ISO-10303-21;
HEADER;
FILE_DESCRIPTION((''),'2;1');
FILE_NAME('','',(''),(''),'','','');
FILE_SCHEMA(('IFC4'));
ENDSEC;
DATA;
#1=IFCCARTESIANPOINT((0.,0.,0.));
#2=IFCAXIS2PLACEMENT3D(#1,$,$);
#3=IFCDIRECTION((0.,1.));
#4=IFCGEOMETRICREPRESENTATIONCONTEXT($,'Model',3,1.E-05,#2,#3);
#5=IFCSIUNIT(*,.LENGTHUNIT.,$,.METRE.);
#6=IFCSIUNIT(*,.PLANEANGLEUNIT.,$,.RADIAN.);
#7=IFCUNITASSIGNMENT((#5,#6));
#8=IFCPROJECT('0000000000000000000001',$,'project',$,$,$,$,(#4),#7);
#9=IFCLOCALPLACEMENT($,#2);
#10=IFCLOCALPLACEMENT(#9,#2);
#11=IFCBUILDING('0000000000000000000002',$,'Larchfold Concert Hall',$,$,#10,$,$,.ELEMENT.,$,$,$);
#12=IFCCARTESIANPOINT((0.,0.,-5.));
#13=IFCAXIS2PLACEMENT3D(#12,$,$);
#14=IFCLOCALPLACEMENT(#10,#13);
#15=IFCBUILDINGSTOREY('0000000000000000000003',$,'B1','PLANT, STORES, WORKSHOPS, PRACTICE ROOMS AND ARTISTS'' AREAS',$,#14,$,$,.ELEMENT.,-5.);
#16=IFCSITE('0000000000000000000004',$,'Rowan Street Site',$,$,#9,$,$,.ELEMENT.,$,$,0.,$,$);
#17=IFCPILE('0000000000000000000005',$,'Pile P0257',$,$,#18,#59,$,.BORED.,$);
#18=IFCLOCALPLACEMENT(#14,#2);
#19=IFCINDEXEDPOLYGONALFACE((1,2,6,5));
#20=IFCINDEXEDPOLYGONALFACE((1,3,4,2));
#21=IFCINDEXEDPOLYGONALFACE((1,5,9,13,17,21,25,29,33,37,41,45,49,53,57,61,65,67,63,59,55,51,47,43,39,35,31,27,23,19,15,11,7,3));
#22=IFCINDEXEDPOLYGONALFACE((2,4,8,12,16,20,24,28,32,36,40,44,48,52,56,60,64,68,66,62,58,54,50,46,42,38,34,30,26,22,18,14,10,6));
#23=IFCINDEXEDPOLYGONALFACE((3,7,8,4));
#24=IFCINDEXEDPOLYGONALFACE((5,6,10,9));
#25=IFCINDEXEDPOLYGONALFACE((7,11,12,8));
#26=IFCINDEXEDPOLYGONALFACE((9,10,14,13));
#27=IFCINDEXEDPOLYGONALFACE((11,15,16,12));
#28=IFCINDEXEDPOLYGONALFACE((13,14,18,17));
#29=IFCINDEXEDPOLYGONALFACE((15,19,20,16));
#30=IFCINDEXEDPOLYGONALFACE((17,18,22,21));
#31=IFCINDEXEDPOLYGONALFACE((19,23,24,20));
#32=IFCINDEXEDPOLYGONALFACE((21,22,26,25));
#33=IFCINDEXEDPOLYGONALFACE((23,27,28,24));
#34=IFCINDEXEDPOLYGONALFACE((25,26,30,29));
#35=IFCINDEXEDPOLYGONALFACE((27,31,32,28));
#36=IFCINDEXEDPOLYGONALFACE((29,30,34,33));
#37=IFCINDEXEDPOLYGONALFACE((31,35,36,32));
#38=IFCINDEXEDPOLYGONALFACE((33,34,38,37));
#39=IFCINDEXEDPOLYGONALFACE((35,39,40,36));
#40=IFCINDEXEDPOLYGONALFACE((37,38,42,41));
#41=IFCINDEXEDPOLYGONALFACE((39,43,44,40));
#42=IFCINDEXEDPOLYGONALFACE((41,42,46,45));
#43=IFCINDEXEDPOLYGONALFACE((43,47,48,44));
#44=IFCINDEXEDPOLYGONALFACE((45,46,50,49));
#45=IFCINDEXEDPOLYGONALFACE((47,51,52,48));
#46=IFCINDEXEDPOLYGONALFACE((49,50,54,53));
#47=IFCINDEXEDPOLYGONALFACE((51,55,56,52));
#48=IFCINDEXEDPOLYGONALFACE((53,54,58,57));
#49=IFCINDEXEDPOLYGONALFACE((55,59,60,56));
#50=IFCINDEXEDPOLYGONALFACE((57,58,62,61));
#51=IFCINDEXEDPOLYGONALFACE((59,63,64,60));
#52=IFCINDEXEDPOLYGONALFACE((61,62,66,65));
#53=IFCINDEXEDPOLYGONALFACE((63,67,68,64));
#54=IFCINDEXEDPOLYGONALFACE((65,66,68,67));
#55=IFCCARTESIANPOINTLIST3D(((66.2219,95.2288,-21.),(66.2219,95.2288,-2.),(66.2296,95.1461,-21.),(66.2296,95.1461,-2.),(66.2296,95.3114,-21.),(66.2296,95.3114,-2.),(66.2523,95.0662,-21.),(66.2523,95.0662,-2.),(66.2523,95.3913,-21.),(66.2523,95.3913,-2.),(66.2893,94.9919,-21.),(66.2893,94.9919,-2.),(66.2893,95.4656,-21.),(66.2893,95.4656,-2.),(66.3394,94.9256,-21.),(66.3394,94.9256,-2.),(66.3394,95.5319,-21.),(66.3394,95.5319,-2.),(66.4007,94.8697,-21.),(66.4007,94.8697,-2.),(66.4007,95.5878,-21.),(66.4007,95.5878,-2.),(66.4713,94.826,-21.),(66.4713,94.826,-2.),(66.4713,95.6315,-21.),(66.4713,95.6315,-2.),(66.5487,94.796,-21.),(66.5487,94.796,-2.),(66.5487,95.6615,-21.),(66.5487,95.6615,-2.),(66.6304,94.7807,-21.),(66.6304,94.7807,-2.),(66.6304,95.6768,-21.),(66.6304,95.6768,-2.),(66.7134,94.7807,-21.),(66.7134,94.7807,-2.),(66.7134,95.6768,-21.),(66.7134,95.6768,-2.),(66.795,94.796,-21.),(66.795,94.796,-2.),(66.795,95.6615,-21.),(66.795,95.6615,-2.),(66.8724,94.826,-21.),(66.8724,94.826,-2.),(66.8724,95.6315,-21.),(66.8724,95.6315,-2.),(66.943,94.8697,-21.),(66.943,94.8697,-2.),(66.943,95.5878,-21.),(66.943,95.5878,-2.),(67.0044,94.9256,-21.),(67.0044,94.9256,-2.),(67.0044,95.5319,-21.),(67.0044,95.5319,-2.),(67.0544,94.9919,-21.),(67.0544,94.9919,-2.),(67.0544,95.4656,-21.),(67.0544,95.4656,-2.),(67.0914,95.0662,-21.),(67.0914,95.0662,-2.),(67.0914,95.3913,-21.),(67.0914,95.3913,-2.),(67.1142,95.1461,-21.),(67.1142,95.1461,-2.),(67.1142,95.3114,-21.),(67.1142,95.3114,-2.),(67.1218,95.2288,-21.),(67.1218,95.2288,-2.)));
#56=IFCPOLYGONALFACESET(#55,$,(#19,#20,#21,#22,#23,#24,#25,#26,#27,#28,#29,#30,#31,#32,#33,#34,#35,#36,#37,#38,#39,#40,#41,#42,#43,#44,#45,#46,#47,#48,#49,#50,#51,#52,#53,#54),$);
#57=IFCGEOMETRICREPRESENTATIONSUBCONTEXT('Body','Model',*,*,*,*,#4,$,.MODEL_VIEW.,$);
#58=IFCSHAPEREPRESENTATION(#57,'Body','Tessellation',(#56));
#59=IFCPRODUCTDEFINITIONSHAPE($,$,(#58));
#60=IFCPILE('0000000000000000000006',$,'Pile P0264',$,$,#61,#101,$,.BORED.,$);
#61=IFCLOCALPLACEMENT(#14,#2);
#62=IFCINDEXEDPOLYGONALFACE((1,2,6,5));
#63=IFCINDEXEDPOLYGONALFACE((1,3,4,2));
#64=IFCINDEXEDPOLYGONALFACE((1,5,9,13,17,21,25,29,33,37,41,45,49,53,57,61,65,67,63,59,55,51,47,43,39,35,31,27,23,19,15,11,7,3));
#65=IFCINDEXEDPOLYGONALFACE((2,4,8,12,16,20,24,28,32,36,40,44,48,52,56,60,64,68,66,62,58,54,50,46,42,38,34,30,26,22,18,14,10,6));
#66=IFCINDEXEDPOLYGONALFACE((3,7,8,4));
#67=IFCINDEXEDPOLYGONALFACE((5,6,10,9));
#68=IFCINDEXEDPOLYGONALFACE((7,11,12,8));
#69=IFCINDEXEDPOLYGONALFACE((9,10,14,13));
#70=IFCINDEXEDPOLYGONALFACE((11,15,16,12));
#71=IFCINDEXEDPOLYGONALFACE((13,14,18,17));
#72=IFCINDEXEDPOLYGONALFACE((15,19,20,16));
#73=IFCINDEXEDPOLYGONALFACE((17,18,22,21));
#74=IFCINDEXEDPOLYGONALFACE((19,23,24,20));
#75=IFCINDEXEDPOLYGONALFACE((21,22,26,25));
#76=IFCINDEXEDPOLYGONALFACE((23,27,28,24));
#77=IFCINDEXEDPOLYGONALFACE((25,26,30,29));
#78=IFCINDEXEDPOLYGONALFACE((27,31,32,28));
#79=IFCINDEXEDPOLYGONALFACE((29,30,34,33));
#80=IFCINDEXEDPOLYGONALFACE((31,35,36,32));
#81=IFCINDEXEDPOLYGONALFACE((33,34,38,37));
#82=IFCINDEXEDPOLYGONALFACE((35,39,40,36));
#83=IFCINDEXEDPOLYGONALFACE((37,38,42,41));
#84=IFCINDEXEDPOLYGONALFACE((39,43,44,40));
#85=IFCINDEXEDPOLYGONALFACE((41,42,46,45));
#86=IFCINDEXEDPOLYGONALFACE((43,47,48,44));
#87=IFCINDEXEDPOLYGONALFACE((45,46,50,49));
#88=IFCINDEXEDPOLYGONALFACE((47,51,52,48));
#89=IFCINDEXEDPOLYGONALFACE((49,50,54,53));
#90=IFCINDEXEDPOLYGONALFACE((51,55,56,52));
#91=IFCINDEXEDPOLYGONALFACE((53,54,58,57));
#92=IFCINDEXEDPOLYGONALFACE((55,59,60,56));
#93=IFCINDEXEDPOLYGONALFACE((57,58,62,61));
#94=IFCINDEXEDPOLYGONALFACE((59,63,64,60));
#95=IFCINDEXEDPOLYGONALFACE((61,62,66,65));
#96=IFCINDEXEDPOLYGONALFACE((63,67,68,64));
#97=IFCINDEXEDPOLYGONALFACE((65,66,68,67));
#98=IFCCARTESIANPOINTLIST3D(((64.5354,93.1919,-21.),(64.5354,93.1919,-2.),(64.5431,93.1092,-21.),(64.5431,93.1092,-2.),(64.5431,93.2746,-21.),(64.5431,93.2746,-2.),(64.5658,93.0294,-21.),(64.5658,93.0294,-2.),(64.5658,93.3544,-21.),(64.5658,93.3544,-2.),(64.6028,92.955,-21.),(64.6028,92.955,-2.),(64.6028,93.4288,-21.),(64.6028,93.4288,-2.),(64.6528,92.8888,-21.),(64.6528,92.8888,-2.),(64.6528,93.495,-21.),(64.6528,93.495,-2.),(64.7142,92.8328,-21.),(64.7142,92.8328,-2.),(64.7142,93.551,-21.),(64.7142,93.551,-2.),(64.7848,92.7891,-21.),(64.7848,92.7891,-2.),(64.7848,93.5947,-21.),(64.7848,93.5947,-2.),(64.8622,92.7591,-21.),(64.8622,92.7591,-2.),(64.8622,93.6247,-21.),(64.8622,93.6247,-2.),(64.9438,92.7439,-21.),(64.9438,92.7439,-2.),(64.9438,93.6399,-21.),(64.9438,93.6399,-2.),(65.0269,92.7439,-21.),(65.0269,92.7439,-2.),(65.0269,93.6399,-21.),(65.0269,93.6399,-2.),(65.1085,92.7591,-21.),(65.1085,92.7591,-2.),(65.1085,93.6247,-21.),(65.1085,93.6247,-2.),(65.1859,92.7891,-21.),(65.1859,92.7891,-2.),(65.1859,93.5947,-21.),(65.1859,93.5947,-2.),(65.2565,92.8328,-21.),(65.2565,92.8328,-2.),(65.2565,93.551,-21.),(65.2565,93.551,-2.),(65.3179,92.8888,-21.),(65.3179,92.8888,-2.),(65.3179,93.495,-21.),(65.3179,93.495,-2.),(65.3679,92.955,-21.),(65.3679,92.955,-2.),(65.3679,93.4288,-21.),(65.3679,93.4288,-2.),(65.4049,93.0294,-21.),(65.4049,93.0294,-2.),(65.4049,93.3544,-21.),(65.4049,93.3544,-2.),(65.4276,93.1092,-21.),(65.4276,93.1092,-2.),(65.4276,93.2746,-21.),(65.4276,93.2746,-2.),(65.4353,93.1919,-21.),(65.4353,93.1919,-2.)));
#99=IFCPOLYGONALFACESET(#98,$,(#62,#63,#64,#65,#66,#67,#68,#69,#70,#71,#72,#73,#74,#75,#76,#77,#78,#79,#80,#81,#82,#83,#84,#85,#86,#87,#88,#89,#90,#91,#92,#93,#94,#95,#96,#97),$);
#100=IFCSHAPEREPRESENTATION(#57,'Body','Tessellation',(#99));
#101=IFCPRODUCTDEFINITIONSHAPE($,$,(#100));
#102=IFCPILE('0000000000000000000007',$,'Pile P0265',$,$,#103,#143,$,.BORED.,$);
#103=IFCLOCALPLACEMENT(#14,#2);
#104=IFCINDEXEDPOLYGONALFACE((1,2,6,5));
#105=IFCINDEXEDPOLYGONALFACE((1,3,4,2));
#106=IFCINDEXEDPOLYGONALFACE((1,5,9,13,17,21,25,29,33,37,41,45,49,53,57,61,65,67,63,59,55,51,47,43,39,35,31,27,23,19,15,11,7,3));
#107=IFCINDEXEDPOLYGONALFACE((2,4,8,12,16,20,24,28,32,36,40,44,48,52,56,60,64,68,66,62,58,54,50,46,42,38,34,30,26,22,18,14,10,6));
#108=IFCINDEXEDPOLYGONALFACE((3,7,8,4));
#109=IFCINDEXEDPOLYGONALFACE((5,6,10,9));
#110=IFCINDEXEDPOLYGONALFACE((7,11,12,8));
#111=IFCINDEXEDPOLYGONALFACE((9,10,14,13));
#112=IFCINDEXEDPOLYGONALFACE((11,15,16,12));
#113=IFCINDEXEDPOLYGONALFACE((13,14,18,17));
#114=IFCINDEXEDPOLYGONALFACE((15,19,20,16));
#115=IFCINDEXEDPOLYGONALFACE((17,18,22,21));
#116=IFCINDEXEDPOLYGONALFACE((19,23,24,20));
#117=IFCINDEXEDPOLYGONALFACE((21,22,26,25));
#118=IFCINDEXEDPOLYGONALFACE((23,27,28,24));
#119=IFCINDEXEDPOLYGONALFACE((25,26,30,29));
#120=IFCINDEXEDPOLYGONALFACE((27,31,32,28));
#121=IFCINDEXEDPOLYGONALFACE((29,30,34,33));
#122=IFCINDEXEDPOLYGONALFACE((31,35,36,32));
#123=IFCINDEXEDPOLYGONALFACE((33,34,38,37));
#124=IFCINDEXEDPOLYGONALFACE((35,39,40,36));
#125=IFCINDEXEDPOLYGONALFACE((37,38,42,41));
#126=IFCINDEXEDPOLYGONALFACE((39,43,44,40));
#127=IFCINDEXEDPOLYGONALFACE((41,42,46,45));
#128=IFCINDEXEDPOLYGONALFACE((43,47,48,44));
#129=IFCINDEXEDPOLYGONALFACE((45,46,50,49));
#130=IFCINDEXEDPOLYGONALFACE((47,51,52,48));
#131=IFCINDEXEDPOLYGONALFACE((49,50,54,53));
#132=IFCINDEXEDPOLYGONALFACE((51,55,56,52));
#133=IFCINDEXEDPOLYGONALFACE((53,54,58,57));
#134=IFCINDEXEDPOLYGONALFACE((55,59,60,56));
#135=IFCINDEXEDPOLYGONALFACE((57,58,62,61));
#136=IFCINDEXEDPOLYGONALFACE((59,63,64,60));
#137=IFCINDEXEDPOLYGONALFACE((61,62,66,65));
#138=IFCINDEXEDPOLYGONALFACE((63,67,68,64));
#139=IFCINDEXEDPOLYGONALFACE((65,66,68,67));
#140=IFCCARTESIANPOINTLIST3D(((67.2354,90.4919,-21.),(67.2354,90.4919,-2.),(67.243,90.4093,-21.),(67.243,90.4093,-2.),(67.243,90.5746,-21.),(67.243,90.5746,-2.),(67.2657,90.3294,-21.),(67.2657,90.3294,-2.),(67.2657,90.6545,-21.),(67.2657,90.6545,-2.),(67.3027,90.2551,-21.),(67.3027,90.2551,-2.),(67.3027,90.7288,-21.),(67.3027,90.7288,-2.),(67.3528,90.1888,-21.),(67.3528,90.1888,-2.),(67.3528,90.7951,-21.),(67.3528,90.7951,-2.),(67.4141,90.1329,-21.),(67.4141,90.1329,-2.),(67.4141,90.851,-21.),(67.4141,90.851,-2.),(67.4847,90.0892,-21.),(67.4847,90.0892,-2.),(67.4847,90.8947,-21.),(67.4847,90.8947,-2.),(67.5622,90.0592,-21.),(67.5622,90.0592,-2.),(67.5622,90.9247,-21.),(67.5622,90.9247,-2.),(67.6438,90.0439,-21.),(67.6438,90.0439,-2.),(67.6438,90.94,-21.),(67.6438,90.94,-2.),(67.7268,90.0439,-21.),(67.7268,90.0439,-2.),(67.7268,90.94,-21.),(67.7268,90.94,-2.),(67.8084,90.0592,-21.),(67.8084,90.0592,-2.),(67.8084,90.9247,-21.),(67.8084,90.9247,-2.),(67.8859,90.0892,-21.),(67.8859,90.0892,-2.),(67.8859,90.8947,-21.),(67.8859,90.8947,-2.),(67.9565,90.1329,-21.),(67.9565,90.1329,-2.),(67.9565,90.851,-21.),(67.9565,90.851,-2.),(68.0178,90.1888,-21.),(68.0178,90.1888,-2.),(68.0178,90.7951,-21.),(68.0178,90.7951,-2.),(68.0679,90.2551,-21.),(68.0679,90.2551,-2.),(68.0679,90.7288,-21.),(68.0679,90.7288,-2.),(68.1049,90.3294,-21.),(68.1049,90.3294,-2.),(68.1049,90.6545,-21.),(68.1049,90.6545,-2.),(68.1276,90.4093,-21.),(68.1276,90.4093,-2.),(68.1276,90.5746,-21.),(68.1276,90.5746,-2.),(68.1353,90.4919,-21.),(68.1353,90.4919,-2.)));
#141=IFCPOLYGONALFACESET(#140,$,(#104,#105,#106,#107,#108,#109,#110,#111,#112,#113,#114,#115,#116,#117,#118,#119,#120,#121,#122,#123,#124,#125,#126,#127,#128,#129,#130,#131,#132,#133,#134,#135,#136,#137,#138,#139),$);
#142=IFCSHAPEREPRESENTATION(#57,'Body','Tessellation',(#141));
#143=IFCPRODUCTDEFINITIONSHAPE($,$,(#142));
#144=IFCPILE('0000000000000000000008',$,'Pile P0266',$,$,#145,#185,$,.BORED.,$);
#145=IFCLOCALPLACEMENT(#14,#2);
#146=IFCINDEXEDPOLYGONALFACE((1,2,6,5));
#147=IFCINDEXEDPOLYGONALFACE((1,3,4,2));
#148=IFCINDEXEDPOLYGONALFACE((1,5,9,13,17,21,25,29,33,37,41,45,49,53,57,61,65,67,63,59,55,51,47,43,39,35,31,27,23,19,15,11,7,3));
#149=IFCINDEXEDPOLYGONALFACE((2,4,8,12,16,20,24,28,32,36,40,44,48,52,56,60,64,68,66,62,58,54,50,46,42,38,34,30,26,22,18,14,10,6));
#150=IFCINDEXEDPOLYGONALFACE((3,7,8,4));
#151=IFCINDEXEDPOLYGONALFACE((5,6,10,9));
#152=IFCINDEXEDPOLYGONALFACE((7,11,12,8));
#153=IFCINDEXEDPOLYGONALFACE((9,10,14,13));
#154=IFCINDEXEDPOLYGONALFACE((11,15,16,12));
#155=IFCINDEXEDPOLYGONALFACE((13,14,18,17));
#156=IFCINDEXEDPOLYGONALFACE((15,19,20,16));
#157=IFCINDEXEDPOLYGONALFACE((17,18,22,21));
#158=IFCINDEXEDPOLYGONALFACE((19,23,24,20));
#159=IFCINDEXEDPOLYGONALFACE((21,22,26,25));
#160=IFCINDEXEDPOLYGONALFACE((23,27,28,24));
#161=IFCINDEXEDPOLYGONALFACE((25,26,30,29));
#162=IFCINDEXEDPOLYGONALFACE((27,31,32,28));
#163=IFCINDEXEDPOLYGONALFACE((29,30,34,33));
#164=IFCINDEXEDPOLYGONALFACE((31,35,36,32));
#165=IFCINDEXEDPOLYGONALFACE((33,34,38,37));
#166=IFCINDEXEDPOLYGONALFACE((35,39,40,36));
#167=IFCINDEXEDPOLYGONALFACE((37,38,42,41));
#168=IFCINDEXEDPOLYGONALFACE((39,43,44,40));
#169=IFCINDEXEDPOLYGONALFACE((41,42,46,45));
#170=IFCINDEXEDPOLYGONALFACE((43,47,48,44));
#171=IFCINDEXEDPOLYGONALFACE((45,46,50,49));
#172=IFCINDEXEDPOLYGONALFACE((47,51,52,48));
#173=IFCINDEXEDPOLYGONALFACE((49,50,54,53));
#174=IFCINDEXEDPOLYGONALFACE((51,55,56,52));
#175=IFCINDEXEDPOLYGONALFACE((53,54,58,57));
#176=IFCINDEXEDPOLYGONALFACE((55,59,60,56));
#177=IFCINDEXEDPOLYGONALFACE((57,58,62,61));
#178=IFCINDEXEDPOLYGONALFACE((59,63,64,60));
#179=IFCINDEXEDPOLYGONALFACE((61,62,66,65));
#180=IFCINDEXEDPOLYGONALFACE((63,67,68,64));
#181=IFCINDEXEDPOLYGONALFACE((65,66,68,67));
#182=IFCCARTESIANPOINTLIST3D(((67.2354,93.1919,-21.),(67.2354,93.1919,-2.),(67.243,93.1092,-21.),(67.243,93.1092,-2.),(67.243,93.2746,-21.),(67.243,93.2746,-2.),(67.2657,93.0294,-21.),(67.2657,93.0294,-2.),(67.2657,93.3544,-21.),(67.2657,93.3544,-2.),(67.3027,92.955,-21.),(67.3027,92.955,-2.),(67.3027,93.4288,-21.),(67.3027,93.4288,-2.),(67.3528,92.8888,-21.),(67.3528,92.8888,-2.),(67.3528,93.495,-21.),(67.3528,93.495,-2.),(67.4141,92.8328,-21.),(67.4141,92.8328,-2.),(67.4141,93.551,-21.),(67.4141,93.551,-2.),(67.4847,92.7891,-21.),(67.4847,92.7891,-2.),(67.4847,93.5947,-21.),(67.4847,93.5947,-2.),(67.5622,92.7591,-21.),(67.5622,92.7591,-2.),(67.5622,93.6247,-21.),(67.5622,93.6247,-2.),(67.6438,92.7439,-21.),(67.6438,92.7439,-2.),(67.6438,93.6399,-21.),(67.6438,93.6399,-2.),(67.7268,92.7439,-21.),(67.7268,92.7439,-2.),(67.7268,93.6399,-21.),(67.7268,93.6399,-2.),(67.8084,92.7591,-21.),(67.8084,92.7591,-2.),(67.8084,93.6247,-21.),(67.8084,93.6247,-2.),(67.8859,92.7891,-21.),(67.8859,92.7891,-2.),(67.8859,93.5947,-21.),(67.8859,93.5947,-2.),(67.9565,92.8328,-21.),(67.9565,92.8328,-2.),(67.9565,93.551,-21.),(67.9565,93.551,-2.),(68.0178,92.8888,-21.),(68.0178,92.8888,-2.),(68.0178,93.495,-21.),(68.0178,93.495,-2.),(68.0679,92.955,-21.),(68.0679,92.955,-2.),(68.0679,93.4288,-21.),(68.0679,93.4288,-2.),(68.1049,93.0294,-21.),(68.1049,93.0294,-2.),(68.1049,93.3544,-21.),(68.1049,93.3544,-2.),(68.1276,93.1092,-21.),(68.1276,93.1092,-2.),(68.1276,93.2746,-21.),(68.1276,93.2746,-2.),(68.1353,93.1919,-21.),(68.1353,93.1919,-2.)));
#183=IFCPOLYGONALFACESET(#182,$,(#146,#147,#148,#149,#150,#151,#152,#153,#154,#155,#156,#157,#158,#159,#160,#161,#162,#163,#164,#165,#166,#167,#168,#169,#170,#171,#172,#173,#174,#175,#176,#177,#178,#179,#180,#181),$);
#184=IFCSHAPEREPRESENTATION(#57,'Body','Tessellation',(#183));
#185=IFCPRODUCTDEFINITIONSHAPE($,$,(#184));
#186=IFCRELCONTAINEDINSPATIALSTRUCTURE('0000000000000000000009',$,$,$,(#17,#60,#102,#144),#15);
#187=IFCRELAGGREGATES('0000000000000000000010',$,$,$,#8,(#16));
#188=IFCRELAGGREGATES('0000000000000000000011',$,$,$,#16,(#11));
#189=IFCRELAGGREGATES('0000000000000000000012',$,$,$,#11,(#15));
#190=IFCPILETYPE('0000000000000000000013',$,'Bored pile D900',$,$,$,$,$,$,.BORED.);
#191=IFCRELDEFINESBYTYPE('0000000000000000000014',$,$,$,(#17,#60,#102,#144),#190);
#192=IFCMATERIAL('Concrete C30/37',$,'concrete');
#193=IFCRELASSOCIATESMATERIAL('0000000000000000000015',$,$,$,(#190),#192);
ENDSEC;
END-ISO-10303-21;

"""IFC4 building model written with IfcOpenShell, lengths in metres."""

from ifc_helpers import new_model, si_unit, direction, frame, origin, origin_2d, place, context, subcontext, project, spatial, circle, extrude, material, material_profile, profile_set, type_object, element, save


model = new_model("IFC4")

# Units and contexts
model_context = context("Model", 3, precision=1e-05, world=origin(), true_north=direction((0.0, 1.0)))
body_context = subcontext(model_context, "Body", "Model", "MODEL_VIEW")
ifc_project = project(units=[si_unit("LENGTHUNIT", "METRE"), si_unit("PLANEANGLEUNIT", "RADIAN")], contexts=[model_context])

# Site, building, storey
site_placement = place(None, origin())
site = spatial("IfcSite", under=ifc_project, at=site_placement, Name="Rowan Street Site", CompositionType="ELEMENT", RefElevation=0.0)
building_placement = place(site_placement, origin())
building = spatial("IfcBuilding", under=site, at=building_placement, Name="Larchfold Concert Hall", CompositionType="ELEMENT")
storey_placement = place(building_placement, frame((0.0, 0.0, -5.0)))
storey = spatial("IfcBuildingStorey", under=building, at=storey_placement, Name="B1", Description="PLANT, STORES, WORKSHOPS, PRACTICE ROOMS AND ARTISTS' AREAS", CompositionType="ELEMENT", Elevation=-5.0)

# Piles
ifc_material_1 = material(Name="Concrete C30/37", Category="concrete")
ifc_material_profile_1 = material_profile(ifc_material_1, circle(Radius=0.45, at=origin_2d()))
ifc_profile_set_1 = profile_set([ifc_material_profile_1], Name="Concrete C30/37")
pile_type = type_object("IfcPileType", Name="Bored pile D900", PredefinedType="BORED", material=ifc_profile_set_1)
for number, where, z_axis, x_axis, name in (
    (1, (66.6719, 95.2288, -2.0), (0.0, 0.0, -1.0), (1.0, 0.0, 0.0), "Pile P0257"),
    (2, (64.9854, 93.1919, -2.0), (0.0, 0.0, -1.0), (1.0, 0.0, 0.0), "Pile P0264"),
    (3, (67.6853, 90.4919, -2.0), (0.0, 0.0, -1.0), (1.0, 0.0, 0.0), "Pile P0265"),
    (4, (67.6853, 93.1919, -2.0), (0.0, 0.0, -1.0), (1.0, 0.0, 0.0), "Pile P0266"),
):
    element("IfcPile", number, at=place(storey_placement, frame(where, z_axis=z_axis, x_axis=x_axis)), inside=storey, type_object=pile_type, Name=name, PredefinedType="BORED", context=body_context, shape_type="SweptSolid", body=[
        extrude(circle(Radius=0.45, at=origin_2d()), origin(), (0.0, 0.0, 1.0), 19.0),
    ])

save(model, "model.ifc")
